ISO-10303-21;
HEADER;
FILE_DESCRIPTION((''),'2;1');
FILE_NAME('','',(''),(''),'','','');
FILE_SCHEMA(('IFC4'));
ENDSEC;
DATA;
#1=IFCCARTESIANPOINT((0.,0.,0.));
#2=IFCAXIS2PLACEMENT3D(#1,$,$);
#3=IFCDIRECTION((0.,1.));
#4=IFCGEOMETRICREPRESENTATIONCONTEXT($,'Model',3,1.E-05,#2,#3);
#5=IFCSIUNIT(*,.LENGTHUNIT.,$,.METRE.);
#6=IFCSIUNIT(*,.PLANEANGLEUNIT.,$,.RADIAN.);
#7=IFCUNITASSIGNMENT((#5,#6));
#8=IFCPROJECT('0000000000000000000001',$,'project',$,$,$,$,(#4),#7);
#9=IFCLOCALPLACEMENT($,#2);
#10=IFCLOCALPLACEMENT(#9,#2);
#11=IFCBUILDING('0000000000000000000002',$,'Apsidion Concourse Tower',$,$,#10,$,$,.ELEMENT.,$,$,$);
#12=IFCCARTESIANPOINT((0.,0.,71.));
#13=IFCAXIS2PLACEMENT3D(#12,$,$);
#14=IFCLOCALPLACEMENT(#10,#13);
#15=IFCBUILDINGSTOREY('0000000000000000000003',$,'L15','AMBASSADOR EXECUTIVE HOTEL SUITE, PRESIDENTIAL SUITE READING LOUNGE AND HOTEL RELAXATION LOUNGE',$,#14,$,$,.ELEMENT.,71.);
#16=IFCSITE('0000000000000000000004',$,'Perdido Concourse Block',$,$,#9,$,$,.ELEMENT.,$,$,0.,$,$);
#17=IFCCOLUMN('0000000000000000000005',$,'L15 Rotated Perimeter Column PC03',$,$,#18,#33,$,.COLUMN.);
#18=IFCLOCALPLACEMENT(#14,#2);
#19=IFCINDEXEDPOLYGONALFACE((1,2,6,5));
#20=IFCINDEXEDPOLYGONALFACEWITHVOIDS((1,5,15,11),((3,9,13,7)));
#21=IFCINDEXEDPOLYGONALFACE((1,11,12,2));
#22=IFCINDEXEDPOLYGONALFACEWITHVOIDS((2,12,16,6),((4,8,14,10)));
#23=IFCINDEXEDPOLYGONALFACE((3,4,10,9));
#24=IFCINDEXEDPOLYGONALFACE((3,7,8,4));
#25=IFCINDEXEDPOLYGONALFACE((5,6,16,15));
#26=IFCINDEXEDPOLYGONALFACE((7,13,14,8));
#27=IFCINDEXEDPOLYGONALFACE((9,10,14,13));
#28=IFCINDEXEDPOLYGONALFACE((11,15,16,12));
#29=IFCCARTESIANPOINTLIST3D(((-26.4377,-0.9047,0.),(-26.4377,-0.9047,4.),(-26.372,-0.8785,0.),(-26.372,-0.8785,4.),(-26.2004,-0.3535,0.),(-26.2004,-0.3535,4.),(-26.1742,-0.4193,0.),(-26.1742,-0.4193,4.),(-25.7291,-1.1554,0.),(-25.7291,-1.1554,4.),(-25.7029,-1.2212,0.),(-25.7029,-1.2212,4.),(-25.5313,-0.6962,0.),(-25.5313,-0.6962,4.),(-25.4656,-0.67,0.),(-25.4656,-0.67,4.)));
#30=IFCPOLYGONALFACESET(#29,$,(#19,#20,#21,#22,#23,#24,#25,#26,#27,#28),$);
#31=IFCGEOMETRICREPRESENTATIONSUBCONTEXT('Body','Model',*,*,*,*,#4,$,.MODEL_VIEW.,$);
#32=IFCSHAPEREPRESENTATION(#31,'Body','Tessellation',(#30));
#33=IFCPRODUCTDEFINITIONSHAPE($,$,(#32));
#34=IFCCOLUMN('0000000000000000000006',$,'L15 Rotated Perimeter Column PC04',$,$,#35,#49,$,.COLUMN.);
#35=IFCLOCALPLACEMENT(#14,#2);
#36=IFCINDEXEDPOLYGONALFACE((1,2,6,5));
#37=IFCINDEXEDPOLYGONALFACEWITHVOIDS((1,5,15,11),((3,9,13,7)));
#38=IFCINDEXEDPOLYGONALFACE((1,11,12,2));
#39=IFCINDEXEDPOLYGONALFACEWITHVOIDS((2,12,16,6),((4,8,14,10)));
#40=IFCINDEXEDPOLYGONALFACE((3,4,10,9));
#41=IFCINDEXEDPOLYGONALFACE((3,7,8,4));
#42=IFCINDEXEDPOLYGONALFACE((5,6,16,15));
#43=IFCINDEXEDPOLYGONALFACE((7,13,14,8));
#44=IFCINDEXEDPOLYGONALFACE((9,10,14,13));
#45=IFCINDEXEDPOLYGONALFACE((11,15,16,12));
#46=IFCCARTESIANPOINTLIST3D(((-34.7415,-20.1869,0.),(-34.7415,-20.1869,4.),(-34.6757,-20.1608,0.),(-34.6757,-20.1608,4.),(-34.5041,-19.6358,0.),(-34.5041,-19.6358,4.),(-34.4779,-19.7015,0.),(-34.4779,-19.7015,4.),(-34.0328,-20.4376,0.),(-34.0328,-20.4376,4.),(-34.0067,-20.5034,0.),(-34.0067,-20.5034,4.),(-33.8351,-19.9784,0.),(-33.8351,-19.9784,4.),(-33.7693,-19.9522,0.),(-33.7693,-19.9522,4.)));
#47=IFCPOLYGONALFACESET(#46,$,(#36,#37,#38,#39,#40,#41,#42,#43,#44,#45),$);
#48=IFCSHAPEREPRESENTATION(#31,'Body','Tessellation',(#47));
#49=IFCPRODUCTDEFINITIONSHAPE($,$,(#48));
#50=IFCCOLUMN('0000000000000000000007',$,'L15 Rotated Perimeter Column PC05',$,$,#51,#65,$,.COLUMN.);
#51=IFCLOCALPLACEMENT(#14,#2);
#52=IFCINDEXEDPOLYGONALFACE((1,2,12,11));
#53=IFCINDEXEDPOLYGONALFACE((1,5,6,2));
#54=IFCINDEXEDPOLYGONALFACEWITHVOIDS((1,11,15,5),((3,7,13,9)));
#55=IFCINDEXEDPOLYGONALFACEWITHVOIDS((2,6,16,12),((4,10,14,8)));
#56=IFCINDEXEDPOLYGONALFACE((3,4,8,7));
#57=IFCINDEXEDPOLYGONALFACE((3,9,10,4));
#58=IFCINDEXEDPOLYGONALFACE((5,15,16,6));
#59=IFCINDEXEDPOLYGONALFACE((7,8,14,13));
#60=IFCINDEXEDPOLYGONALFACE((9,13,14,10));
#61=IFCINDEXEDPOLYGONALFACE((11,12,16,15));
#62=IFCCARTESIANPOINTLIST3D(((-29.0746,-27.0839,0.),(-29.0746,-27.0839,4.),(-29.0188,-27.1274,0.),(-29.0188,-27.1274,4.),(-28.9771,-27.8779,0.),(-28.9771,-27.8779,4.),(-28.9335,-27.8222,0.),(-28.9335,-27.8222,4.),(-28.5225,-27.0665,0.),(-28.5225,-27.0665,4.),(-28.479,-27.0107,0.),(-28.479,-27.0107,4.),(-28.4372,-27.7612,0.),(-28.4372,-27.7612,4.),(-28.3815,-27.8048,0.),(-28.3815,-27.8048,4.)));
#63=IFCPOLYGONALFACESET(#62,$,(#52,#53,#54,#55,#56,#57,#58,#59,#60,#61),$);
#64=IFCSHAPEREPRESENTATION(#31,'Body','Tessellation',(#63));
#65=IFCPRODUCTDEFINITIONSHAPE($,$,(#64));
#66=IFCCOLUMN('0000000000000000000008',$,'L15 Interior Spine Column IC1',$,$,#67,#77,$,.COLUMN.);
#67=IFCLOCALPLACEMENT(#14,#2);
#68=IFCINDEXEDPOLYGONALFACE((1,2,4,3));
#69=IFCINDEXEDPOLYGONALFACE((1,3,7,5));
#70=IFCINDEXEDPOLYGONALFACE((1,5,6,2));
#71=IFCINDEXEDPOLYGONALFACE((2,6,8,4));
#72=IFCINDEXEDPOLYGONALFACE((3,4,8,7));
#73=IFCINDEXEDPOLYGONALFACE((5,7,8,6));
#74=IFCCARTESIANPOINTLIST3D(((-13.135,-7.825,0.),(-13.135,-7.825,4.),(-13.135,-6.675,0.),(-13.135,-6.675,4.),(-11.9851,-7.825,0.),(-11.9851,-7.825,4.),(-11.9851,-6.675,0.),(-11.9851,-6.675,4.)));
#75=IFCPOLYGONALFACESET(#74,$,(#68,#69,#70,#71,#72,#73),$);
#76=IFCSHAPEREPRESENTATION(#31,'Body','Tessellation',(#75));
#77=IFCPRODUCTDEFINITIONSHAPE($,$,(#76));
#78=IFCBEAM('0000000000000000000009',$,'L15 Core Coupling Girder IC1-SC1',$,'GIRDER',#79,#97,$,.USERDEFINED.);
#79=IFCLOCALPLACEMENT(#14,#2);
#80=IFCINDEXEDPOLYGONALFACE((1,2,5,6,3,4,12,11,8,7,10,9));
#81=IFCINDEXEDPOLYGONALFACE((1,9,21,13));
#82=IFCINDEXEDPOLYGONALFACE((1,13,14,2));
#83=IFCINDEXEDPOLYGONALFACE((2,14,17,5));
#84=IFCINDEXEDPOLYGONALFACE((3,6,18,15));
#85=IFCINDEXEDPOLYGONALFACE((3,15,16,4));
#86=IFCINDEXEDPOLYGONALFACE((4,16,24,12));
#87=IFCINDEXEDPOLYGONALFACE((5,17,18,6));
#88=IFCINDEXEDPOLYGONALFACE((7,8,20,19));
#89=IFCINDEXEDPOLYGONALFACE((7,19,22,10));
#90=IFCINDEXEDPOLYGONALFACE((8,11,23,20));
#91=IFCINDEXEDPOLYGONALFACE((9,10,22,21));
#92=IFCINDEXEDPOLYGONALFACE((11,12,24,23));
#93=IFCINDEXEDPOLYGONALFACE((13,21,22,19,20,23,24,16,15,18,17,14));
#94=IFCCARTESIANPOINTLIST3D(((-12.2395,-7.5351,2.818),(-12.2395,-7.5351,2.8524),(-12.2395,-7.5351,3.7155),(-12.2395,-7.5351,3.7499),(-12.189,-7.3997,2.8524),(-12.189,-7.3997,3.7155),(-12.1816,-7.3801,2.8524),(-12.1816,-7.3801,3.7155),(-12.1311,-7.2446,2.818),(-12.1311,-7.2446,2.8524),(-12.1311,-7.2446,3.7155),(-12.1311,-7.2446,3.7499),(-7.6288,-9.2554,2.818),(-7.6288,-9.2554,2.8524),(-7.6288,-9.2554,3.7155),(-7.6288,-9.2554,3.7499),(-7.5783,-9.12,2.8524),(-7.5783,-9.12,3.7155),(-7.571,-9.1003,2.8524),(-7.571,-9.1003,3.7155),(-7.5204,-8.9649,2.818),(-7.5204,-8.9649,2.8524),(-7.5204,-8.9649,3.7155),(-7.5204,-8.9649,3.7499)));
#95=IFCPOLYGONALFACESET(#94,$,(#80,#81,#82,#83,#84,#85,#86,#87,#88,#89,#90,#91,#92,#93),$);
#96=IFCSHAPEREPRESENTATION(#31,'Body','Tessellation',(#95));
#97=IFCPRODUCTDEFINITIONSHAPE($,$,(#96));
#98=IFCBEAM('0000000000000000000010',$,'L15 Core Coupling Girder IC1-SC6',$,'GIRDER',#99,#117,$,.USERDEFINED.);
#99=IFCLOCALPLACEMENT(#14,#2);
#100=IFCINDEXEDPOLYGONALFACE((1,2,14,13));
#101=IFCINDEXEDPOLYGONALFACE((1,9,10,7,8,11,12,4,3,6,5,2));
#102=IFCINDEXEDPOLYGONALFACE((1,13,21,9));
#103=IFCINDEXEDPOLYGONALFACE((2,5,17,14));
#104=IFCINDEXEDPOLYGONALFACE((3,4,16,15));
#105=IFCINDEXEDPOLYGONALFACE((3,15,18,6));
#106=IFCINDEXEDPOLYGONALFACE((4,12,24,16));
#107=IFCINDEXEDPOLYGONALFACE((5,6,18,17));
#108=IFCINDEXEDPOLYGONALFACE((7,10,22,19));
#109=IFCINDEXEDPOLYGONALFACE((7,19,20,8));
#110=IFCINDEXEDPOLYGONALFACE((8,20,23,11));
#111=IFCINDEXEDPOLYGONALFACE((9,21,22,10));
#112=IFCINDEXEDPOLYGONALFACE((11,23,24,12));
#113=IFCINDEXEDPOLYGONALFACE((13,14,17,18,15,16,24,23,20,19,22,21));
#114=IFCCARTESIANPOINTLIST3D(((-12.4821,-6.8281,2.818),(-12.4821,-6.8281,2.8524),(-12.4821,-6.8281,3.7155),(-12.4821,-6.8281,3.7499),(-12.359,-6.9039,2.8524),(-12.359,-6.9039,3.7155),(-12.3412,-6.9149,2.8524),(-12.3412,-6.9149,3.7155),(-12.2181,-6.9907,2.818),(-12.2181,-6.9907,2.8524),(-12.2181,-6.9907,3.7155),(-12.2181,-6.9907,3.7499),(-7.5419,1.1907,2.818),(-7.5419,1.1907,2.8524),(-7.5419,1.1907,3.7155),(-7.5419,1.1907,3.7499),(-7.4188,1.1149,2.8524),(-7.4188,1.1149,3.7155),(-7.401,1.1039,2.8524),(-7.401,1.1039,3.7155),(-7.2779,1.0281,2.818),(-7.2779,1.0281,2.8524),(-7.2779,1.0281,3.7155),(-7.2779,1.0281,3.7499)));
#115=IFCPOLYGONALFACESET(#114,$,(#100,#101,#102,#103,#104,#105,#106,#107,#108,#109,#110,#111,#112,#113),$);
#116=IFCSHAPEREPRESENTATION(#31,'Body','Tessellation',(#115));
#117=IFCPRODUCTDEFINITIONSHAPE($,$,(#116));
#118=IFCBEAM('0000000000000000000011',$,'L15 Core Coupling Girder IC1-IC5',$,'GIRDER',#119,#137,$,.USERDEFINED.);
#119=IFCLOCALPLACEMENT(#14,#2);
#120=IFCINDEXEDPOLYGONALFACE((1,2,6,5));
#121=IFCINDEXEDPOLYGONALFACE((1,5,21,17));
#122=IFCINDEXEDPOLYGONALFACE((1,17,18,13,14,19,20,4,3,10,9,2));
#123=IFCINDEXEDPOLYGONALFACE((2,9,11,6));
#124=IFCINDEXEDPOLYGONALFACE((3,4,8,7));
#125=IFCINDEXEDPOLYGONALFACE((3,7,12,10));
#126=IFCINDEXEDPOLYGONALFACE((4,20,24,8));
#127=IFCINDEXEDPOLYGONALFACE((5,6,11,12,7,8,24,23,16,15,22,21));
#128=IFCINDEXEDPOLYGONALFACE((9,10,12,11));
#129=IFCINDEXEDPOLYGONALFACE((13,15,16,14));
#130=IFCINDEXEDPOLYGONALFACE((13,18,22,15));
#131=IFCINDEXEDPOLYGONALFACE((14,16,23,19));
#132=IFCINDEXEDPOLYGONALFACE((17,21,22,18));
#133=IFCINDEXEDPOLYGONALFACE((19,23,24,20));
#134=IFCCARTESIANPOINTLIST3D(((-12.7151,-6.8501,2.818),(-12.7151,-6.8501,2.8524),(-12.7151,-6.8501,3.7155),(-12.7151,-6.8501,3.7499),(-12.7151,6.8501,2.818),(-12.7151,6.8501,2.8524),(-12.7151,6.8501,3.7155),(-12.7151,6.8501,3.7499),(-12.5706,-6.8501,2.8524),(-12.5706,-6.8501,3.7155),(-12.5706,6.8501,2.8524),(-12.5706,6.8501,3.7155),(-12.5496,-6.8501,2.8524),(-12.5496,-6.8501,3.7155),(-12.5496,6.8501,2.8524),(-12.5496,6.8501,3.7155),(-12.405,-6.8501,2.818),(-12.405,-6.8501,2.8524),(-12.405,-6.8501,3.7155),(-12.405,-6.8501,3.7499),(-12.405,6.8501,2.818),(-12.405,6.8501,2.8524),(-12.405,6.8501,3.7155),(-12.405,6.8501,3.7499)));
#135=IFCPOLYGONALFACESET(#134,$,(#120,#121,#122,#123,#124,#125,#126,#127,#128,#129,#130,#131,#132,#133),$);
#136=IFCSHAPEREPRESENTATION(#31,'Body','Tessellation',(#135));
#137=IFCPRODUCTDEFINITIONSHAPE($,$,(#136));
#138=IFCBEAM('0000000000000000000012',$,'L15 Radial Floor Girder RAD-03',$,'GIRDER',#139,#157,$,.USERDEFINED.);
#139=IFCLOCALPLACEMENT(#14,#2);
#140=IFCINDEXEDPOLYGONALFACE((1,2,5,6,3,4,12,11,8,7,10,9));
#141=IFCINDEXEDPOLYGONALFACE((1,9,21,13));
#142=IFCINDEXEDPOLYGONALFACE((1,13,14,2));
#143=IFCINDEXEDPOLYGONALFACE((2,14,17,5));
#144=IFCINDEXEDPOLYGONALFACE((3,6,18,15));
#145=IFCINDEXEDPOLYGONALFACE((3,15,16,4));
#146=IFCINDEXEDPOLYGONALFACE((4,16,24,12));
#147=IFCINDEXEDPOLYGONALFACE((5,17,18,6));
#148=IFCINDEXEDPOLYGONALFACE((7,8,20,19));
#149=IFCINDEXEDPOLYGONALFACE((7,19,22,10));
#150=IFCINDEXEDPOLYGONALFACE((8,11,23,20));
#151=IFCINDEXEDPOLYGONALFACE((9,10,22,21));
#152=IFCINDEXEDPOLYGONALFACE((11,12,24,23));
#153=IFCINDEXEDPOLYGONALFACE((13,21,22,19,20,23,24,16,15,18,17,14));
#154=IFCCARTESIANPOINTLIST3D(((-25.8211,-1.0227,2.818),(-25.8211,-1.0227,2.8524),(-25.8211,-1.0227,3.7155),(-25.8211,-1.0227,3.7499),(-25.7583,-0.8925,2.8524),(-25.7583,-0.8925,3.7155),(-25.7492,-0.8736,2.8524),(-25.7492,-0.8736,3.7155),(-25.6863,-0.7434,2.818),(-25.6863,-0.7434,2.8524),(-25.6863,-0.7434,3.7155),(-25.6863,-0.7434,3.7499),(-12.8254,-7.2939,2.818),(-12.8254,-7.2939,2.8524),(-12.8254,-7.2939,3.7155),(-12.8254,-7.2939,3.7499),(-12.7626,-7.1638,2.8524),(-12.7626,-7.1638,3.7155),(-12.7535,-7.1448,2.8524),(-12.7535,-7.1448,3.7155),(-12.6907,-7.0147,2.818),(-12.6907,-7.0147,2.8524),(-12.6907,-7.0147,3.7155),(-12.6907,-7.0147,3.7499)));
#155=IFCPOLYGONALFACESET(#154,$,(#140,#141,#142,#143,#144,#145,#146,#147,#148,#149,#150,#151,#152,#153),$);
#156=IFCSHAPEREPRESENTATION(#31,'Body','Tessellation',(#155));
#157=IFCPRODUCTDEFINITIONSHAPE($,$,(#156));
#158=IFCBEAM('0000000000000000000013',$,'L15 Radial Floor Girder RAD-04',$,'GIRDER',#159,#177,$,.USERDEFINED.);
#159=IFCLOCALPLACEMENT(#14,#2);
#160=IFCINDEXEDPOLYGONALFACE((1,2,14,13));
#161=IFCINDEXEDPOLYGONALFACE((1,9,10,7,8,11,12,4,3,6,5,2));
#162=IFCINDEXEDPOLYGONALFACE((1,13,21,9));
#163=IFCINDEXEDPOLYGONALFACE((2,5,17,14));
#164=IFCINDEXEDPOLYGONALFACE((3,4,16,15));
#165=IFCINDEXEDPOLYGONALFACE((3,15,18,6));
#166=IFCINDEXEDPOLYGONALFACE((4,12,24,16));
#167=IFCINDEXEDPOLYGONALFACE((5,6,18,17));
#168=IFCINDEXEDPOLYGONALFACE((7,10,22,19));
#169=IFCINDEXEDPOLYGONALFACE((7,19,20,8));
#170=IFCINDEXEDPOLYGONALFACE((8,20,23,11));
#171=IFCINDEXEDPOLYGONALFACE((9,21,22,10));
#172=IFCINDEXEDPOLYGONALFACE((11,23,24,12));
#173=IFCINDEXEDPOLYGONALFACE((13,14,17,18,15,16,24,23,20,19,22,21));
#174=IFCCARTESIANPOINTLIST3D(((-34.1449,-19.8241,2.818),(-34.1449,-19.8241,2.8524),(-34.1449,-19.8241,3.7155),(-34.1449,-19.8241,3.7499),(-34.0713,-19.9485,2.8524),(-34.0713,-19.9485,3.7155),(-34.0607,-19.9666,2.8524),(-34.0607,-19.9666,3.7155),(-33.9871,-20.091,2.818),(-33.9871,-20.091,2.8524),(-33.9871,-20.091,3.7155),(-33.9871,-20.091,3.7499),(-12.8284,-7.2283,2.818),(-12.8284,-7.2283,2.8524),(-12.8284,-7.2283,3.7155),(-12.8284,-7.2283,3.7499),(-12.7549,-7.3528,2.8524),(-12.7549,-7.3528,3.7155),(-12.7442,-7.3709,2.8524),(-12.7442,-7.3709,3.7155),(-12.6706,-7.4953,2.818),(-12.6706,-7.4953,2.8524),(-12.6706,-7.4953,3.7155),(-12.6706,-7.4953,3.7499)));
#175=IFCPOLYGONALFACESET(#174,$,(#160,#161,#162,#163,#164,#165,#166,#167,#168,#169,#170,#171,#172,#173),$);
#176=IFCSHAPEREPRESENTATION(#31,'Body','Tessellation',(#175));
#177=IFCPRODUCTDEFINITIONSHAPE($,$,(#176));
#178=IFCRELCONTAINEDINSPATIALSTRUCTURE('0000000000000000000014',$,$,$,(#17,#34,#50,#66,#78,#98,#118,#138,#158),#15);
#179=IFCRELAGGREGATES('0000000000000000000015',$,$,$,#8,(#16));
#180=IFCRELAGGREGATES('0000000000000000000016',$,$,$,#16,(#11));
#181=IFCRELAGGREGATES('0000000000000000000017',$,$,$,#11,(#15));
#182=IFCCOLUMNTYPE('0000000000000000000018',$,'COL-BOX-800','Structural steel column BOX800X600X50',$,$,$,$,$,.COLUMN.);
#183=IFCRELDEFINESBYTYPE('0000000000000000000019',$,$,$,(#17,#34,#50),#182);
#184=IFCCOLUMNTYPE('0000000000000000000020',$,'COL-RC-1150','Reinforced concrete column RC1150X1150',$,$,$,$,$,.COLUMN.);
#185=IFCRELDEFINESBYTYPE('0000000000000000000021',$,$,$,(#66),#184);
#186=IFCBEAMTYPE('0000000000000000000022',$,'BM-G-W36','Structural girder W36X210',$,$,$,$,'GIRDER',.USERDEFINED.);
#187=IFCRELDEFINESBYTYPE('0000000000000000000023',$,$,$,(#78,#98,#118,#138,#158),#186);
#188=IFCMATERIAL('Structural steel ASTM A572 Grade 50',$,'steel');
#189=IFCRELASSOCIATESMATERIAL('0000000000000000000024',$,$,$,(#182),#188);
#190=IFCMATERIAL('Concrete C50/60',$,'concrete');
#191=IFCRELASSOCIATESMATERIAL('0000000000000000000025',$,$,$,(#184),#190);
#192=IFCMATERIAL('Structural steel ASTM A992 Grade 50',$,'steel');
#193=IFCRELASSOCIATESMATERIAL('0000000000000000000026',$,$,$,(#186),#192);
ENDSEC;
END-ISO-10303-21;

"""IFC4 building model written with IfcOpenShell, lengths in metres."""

from ifc_helpers import new_model, si_unit, direction, frame, origin, origin_2d, place, context, subcontext, project, spatial, rectangle, hollow_rectangle, i_section, extrude, material, material_profile, profile_set, type_object, element, save


model = new_model("IFC4")

# Units and contexts
model_context = context("Model", 3, precision=1e-05, world=origin(), true_north=direction((0.0, 1.0)))
body_context = subcontext(model_context, "Body", "Model", "MODEL_VIEW")
ifc_project = project(units=[si_unit("LENGTHUNIT", "METRE"), si_unit("PLANEANGLEUNIT", "RADIAN")], contexts=[model_context])

# Site, building, storey
site_placement = place(None, origin())
site = spatial("IfcSite", under=ifc_project, at=site_placement, Name="Perdido Concourse Block", CompositionType="ELEMENT", RefElevation=0.0)
building_placement = place(site_placement, origin())
building = spatial("IfcBuilding", under=site, at=building_placement, Name="Apsidion Concourse Tower", CompositionType="ELEMENT")
storey_placement = place(building_placement, frame((0.0, 0.0, 71.0)))
storey = spatial("IfcBuildingStorey", under=building, at=storey_placement, Name="L15", Description="AMBASSADOR EXECUTIVE HOTEL SUITE, PRESIDENTIAL SUITE READING LOUNGE AND HOTEL RELAXATION LOUNGE", CompositionType="ELEMENT", Elevation=71.0)

# Columns
ifc_material_1 = material(Name="Structural steel ASTM A572 Grade 50", Category="steel")
ifc_material_profile_1 = material_profile(ifc_material_1, hollow_rectangle(XDim=0.6001, YDim=0.8, WallThickness=0.05, at=origin_2d()), Name="BOX800X600X50")
ifc_profile_set_1 = profile_set([ifc_material_profile_1], Name="Structural steel ASTM A572 Grade 50")
column_type_1 = type_object("IfcColumnType", Name="COL-BOX-800", Description="Structural steel column BOX800X600X50", PredefinedType="COLUMN", material=ifc_profile_set_1)
for number, where, z_axis, x_axis, name in (
    (1, (-25.9517, -0.7874, 0.0), (0.0, 0.0, 1.0), (0.395546, 0.918446, 0.0), "L15 Rotated Perimeter Column PC03"),
    (2, (-34.2554, -20.0696, 0.0), (0.0, 0.0, 1.0), (0.395546, 0.918446, 0.0), "L15 Rotated Perimeter Column PC04"),
    (3, (-28.728, -27.4443, 0.0), (0.0, 0.0, 1.0), (0.992546, 0.121869, 0.0), "L15 Rotated Perimeter Column PC05"),
):
    element("IfcColumn", number, at=place(storey_placement, frame(where, z_axis=z_axis, x_axis=x_axis)), inside=storey, type_object=column_type_1, Name=name, PredefinedType="COLUMN", context=body_context, shape_type="SweptSolid", body=[
        extrude(hollow_rectangle(XDim=0.6001, YDim=0.8, WallThickness=0.05, at=origin_2d()), origin(), (0.0, 0.0, 1.0), 4.0),
    ])
ifc_material_2 = material(Name="Concrete C50/60", Category="concrete")
ifc_material_profile_2 = material_profile(ifc_material_2, rectangle(XDim=1.1499, YDim=1.1499, at=origin_2d()), Name="RC 1150x1150")
ifc_profile_set_2 = profile_set([ifc_material_profile_2], Name="Concrete C50/60")
column_type_2 = type_object("IfcColumnType", Name="COL-RC-1150", Description="Reinforced concrete column RC1150X1150", PredefinedType="COLUMN", material=ifc_profile_set_2)
column_placement = place(storey_placement, frame((-12.5601, -7.25, 0.0), z_axis=(0.0, 0.0, 1.0), x_axis=(1.0, 0.0, 0.0)))
element("IfcColumn", 4, at=column_placement, inside=storey, type_object=column_type_2, Name="L15 Interior Spine Column IC1", PredefinedType="COLUMN", context=body_context, shape_type="SweptSolid", body=[
    extrude(rectangle(XDim=1.1499, YDim=1.1499, at=origin_2d()), origin(), (0.0, 0.0, 1.0), 4.0),
])

# Beams
ifc_material_3 = material(Name="Structural steel ASTM A992 Grade 50", Category="steel")
ifc_material_profile_3 = material_profile(ifc_material_3, i_section(OverallWidth=0.3101, OverallDepth=0.9319, WebThickness=0.021, FlangeThickness=0.0344, at=origin_2d()), Name="W36X210")
ifc_profile_set_3 = profile_set([ifc_material_profile_3], Name="Structural steel ASTM A992 Grade 50")
beam_type_1 = type_object("IfcBeamType", Name="BM-G-W36", Description="Structural girder W36X210", ElementType="GIRDER", PredefinedType="USERDEFINED", material=ifc_profile_set_3)
beam_1_placement = place(storey_placement, frame((-12.1853, -7.3899, 3.2839), z_axis=(0.936913, -0.349563, 0.0), x_axis=(0.349563, 0.936913, 0.0)))
element("IfcBeam", 5, at=beam_1_placement, inside=storey, type_object=beam_type_1, Name="L15 Core Coupling Girder IC1-SC1", ObjectType="GIRDER", PredefinedType="USERDEFINED", context=body_context, shape_type="SweptSolid", body=[
    extrude(i_section(OverallWidth=0.3101, OverallDepth=0.9319, WebThickness=0.021, FlangeThickness=0.0344, at=origin_2d()), origin(), (0.0, 0.0, 1.0), 4.9211),
])
beam_2_placement = place(storey_placement, frame((-12.3501, -6.9094, 3.2839), z_axis=(0.524524, 0.851396, 0.0), x_axis=(-0.851396, 0.524524, 0.0)))
element("IfcBeam", 6, at=beam_2_placement, inside=storey, type_object=beam_type_1, Name="L15 Core Coupling Girder IC1-SC6", ObjectType="GIRDER", PredefinedType="USERDEFINED", context=body_context, shape_type="SweptSolid", body=[
    extrude(i_section(OverallWidth=0.3101, OverallDepth=0.9319, WebThickness=0.021, FlangeThickness=0.0344, at=origin_2d()), origin(), (0.0, 0.0, 1.0), 9.4185),
])
beam_3_placement = place(storey_placement, frame((-12.5601, -6.8501, 3.2839), z_axis=(0.0, 1.0, 0.0), x_axis=(-1.0, 0.0, 0.0)))
element("IfcBeam", 7, at=beam_3_placement, inside=storey, type_object=beam_type_1, Name="L15 Core Coupling Girder IC1-IC5", ObjectType="GIRDER", PredefinedType="USERDEFINED", context=body_context, shape_type="SweptSolid", body=[
    extrude(i_section(OverallWidth=0.3101, OverallDepth=0.9319, WebThickness=0.021, FlangeThickness=0.0344, at=origin_2d()), origin(), (0.0, 0.0, 1.0), 13.7002),
])
beam_4_placement = place(storey_placement, frame((-12.7581, -7.1543, 3.2839), z_axis=(-0.900619, 0.434609, 0.0), x_axis=(-0.434609, -0.900619, 0.0)))
element("IfcBeam", 8, at=beam_4_placement, inside=storey, type_object=beam_type_1, Name="L15 Radial Floor Girder RAD-03", ObjectType="GIRDER", PredefinedType="USERDEFINED", context=body_context, shape_type="SweptSolid", body=[
    extrude(i_section(OverallWidth=0.3101, OverallDepth=0.9319, WebThickness=0.021, FlangeThickness=0.0344, at=origin_2d()), origin(), (0.0, 0.0, 1.0), 14.4297),
])
beam_5_placement = place(storey_placement, frame((-12.7495, -7.3618, 3.2839), z_axis=(-0.860933, -0.508719, 0.0), x_axis=(0.508719, -0.860933, 0.0)))
element("IfcBeam", 9, at=beam_5_placement, inside=storey, type_object=beam_type_1, Name="L15 Radial Floor Girder RAD-04", ObjectType="GIRDER", PredefinedType="USERDEFINED", context=body_context, shape_type="SweptSolid", body=[
    extrude(i_section(OverallWidth=0.3101, OverallDepth=0.9319, WebThickness=0.021, FlangeThickness=0.0344, at=origin_2d()), origin(), (0.0, 0.0, 1.0), 24.7598),
])

save(model, "model.ifc")
